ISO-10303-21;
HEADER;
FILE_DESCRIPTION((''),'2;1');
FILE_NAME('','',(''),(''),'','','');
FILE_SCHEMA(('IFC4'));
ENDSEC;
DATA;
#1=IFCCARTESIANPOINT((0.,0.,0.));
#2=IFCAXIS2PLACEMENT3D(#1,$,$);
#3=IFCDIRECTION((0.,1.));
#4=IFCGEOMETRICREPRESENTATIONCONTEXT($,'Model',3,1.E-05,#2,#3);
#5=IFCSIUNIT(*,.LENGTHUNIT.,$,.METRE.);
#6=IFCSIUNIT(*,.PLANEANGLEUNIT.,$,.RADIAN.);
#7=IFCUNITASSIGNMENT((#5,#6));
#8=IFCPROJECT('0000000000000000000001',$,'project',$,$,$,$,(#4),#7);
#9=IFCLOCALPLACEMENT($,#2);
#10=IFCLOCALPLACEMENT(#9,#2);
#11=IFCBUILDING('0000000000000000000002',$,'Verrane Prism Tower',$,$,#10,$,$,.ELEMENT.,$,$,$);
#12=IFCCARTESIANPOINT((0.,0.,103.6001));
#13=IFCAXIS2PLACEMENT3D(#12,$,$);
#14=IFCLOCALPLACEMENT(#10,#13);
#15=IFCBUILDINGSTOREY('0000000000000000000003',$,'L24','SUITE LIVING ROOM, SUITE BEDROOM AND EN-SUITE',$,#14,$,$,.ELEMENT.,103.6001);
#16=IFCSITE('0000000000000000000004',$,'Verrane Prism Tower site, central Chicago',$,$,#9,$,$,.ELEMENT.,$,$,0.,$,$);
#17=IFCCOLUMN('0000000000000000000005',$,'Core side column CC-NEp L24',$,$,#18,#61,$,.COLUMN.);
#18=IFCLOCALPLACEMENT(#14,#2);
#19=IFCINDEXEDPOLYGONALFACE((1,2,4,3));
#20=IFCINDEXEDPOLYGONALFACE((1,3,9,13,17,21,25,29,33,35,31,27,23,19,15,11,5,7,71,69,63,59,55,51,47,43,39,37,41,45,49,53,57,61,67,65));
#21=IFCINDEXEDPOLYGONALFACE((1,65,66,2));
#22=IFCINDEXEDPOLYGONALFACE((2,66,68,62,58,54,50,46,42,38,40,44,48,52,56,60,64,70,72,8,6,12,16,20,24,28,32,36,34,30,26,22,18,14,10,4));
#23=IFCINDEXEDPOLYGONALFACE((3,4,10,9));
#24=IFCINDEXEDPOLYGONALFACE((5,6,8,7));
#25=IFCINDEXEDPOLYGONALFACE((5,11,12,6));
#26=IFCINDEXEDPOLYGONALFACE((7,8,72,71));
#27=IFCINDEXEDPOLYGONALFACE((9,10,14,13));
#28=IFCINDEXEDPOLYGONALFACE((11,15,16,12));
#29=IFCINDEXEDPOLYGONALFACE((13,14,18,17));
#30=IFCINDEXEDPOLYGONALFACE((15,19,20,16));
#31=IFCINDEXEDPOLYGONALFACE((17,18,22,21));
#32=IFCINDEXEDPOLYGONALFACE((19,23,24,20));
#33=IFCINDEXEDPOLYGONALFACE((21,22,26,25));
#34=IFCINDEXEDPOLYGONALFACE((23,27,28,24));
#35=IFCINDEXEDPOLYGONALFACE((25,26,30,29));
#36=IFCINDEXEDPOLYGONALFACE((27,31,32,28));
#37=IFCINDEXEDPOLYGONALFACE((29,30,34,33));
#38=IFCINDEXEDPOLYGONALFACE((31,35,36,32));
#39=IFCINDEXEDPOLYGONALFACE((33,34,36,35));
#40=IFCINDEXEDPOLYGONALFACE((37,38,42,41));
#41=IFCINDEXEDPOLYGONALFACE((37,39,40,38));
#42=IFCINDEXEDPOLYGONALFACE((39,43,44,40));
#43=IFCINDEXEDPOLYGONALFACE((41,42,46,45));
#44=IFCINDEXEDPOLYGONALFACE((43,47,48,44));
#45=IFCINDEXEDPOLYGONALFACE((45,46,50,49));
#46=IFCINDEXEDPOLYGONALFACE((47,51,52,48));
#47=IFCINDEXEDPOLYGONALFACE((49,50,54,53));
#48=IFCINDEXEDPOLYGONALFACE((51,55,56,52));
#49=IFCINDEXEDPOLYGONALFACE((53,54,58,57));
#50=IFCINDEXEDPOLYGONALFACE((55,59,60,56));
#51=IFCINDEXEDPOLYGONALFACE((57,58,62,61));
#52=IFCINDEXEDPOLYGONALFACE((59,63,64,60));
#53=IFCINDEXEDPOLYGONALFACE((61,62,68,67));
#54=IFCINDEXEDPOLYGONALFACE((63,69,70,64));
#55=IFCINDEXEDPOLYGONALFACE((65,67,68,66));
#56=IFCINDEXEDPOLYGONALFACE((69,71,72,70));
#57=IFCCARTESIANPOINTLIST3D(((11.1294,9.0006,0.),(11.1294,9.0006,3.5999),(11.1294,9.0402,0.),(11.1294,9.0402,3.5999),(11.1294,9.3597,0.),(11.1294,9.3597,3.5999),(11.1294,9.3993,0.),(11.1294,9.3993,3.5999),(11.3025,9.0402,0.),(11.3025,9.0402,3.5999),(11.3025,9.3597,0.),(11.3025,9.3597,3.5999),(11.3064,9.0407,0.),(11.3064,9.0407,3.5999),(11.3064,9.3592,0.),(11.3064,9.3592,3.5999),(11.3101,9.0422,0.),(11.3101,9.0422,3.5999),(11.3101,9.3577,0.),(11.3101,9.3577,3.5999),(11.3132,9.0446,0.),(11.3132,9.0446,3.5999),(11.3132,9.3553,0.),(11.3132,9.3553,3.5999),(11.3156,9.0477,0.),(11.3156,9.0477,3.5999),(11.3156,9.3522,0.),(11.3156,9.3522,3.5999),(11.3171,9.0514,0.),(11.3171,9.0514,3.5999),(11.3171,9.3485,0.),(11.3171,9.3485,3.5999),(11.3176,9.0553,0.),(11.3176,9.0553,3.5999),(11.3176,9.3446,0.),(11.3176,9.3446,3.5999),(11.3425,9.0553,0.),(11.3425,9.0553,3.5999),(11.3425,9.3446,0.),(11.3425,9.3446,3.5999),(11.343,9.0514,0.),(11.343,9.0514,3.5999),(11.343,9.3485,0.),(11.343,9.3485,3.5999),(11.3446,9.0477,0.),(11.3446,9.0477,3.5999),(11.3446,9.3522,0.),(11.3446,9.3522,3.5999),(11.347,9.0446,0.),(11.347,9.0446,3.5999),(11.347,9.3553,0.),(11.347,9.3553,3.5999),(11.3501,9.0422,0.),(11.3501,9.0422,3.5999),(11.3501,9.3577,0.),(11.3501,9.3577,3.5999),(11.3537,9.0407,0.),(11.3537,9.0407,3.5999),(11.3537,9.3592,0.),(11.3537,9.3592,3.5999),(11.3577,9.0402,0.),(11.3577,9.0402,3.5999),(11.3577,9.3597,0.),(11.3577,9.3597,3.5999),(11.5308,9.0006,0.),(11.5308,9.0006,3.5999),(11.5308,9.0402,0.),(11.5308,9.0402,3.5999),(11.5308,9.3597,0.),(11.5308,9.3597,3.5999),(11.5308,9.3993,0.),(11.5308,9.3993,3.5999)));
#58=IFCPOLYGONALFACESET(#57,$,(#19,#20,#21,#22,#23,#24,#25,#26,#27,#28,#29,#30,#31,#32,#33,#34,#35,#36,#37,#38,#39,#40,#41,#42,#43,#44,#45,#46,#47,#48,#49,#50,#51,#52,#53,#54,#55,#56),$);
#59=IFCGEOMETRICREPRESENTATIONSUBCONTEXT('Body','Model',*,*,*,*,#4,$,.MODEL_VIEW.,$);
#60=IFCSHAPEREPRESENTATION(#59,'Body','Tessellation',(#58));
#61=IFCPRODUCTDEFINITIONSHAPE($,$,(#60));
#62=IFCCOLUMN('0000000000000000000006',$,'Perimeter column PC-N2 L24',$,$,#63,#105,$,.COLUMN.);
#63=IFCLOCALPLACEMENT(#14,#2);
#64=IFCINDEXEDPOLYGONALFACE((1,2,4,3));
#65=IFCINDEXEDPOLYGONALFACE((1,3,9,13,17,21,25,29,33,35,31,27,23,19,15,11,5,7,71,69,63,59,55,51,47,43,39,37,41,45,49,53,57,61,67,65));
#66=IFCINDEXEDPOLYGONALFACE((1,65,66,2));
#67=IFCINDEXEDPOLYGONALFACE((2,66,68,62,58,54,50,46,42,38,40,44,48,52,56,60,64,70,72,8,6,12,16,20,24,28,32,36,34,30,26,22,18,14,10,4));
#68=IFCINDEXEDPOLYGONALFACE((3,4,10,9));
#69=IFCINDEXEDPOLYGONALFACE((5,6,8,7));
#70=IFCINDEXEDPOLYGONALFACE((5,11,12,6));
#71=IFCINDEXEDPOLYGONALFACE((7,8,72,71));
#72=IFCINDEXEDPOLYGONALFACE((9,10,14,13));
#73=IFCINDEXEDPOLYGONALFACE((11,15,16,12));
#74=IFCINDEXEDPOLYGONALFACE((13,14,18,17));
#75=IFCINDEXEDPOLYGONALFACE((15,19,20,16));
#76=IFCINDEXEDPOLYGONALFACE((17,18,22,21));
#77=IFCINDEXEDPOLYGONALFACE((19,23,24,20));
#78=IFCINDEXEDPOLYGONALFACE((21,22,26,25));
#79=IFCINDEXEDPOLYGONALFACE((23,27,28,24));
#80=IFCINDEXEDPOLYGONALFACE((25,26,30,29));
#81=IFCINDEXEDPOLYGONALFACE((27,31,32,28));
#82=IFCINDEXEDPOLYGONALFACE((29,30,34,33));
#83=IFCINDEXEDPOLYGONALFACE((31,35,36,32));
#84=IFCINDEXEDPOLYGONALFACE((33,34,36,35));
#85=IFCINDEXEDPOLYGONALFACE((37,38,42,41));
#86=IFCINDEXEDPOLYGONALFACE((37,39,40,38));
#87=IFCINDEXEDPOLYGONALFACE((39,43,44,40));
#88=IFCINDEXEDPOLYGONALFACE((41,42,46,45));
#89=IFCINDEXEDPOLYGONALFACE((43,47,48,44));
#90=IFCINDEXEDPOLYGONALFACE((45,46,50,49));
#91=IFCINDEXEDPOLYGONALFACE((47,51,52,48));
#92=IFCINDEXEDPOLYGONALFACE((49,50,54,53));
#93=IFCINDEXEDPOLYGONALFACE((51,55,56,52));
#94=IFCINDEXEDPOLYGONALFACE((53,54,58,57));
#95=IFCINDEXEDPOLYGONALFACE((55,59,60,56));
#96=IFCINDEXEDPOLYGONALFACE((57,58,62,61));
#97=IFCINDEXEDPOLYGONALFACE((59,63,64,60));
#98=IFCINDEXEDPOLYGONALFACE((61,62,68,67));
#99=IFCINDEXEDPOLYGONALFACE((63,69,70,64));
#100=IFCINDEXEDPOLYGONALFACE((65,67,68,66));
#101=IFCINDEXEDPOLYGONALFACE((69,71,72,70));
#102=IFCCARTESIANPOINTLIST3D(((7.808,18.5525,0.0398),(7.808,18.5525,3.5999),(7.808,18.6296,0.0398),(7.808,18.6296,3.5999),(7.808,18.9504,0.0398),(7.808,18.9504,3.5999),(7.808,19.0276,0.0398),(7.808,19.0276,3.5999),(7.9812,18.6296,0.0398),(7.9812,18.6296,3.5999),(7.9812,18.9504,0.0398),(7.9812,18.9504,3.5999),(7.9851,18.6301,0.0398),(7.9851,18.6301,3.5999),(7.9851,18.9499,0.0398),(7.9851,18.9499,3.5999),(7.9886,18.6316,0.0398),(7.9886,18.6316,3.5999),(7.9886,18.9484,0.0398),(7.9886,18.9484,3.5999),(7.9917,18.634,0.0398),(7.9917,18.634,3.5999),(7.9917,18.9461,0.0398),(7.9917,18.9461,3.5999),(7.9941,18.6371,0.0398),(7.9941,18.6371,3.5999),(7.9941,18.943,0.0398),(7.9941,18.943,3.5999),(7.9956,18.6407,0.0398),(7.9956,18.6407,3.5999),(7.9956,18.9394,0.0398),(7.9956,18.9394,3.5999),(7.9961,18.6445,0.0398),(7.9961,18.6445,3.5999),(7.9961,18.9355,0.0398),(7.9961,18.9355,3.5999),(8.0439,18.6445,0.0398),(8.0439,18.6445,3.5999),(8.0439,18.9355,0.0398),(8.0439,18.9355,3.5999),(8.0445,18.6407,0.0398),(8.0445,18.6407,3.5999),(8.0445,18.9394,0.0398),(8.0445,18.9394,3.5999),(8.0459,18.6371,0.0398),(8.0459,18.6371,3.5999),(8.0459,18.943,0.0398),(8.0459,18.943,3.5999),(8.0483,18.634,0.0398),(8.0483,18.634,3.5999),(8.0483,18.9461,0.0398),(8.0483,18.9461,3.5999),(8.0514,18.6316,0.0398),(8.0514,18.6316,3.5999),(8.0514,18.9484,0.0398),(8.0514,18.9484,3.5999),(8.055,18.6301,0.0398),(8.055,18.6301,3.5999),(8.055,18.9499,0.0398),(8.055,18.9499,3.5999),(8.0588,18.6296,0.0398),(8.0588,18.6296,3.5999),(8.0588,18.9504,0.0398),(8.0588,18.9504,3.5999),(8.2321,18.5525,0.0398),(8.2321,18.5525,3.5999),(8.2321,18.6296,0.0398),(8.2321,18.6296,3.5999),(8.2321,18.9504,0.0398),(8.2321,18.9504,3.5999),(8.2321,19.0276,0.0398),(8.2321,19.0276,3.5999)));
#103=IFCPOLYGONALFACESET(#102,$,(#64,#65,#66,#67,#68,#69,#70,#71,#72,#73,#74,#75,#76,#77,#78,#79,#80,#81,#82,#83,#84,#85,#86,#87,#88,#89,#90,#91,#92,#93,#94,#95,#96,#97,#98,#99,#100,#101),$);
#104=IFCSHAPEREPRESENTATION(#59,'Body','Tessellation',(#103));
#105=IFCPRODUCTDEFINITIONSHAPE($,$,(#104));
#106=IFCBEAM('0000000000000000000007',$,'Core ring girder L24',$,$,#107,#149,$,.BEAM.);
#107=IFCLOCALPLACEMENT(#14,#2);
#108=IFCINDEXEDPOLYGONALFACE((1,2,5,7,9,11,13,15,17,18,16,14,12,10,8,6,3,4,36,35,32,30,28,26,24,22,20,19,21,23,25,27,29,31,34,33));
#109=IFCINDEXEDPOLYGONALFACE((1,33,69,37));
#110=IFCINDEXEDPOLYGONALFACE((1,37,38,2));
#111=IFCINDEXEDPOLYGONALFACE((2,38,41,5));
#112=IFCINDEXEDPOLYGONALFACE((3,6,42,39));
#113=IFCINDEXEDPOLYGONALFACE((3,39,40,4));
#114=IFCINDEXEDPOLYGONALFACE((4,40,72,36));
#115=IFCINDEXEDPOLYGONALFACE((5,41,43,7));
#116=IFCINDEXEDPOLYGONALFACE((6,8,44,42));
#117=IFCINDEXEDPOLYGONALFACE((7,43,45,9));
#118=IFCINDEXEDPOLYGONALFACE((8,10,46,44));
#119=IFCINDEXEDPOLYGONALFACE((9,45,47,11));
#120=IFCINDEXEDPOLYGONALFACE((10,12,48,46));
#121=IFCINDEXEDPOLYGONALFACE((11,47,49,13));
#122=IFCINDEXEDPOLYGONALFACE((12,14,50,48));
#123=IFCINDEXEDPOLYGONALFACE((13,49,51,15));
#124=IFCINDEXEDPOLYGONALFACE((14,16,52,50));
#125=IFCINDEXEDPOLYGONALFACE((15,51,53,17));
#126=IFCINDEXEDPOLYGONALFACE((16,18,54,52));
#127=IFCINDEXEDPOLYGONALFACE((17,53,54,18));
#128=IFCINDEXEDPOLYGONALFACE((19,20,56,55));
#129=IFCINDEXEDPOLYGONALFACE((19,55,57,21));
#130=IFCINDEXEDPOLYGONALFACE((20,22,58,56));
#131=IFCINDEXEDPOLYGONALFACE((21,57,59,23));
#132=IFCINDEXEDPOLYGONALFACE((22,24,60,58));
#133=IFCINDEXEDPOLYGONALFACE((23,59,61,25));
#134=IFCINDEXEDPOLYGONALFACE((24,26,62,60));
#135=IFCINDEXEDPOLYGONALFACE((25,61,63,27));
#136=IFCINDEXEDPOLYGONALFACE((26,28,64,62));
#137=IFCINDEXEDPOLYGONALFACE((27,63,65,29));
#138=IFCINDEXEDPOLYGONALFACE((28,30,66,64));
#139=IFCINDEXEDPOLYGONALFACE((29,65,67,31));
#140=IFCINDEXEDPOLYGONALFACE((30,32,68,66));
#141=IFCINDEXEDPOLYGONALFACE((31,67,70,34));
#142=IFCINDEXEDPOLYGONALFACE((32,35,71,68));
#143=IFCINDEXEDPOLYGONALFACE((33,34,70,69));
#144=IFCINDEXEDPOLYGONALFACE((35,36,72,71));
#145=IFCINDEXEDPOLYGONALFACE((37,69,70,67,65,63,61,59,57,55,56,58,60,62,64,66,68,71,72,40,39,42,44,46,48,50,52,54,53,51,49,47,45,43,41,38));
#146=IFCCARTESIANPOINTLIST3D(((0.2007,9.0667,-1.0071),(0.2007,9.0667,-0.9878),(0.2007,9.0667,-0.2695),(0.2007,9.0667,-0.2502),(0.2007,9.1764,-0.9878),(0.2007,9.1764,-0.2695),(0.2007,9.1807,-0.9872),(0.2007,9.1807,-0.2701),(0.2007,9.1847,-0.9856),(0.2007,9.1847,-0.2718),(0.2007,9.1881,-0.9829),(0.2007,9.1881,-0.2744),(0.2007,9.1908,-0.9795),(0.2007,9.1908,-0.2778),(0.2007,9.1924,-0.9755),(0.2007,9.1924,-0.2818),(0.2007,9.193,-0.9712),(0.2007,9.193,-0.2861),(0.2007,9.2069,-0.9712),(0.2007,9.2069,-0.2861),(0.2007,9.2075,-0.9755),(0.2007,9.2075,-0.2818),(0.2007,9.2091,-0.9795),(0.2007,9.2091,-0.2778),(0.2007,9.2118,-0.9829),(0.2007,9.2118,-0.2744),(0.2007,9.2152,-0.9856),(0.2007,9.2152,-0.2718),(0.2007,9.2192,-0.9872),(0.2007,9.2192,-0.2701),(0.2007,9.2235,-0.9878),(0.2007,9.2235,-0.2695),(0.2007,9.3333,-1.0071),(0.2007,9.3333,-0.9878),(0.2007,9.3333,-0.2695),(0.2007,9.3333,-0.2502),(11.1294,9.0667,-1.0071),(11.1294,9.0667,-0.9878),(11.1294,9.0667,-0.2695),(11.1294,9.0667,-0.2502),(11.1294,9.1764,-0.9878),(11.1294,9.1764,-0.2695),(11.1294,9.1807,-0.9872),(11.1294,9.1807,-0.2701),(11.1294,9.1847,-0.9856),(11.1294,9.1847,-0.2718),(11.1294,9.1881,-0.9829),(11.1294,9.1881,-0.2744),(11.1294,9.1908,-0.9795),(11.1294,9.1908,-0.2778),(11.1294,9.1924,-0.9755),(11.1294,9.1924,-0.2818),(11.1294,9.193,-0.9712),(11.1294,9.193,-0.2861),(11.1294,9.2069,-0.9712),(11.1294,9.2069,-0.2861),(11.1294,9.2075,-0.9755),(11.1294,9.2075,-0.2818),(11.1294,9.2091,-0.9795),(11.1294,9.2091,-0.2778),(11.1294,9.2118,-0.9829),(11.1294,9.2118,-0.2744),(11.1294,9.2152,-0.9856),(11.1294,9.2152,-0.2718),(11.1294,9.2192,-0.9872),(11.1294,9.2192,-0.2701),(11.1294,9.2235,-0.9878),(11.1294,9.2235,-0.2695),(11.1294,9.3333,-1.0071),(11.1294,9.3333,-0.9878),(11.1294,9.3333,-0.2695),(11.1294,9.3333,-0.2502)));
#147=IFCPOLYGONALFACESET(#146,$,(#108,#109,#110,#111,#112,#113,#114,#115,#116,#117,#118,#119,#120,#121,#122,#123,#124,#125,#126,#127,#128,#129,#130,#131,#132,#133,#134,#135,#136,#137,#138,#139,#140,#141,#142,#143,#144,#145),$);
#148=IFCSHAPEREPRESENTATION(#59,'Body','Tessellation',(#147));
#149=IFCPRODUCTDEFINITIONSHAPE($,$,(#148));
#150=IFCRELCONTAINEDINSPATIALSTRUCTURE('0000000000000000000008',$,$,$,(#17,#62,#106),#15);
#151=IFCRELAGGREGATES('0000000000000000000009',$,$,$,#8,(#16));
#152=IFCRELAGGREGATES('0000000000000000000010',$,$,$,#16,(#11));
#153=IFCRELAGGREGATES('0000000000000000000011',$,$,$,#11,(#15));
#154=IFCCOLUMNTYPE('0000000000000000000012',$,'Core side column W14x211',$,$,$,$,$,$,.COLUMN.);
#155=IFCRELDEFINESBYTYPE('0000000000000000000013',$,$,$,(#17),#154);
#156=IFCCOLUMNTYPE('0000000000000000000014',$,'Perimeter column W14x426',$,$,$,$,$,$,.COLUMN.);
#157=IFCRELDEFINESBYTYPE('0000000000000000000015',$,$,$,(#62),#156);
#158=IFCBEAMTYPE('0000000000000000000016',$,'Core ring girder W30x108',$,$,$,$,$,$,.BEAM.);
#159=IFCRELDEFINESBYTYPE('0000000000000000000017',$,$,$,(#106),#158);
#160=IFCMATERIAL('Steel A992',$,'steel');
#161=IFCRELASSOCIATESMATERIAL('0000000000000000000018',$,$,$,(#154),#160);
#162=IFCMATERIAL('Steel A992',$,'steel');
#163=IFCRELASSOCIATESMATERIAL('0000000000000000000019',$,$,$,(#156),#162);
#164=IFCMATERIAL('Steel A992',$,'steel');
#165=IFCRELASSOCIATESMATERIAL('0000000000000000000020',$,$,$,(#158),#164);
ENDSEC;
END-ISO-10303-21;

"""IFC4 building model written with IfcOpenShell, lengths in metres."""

from ifc_helpers import new_model, si_unit, direction, frame, origin, origin_2d, place, context, subcontext, project, spatial, i_section, extrude, material, material_profile, profile_set, type_object, element, save


model = new_model("IFC4")

# Units and contexts
model_context = context("Model", 3, precision=1e-05, world=origin(), true_north=direction((0.0, 1.0)))
body_context = subcontext(model_context, "Body", "Model", "MODEL_VIEW")
ifc_project = project(units=[si_unit("LENGTHUNIT", "METRE"), si_unit("PLANEANGLEUNIT", "RADIAN")], contexts=[model_context])

# Site, building, storey
site_placement = place(None, origin())
site = spatial("IfcSite", under=ifc_project, at=site_placement, Name="Verrane Prism Tower site, central Chicago", CompositionType="ELEMENT", RefElevation=0.0)
building_placement = place(site_placement, origin())
building = spatial("IfcBuilding", under=site, at=building_placement, Name="Verrane Prism Tower", CompositionType="ELEMENT")
storey_placement = place(building_placement, frame((0.0, 0.0, 103.6001)))
storey = spatial("IfcBuildingStorey", under=building, at=storey_placement, Name="L24", Description="SUITE LIVING ROOM, SUITE BEDROOM AND EN-SUITE", CompositionType="ELEMENT", Elevation=103.6001)

# Columns
ifc_material_1 = material(Name="Steel A992", Category="steel")
ifc_material_profile_1 = material_profile(ifc_material_1, i_section(OverallWidth=0.4014, OverallDepth=0.3987, WebThickness=0.0249, FlangeThickness=0.0396, FilletRadius=0.0151, at=origin_2d()), Name="W14x211")
ifc_profile_set_1 = profile_set([ifc_material_profile_1], Name="Steel A992")
column_type_1 = type_object("IfcColumnType", Name="Core side column W14x211", PredefinedType="COLUMN", material=ifc_profile_set_1)
column_1_placement = place(storey_placement, frame((11.3301, 9.2, 0.0), z_axis=(0.0, 0.0, 1.0), x_axis=(1.0, 0.0, 0.0)))
element("IfcColumn", 1, at=column_1_placement, inside=storey, type_object=column_type_1, Name="Core side column CC-NEp L24", PredefinedType="COLUMN", context=body_context, shape_type="SweptSolid", body=[
    extrude(i_section(OverallWidth=0.4014, OverallDepth=0.3987, WebThickness=0.0249, FlangeThickness=0.0396, FilletRadius=0.0151, at=origin_2d()), origin(), (0.0, 0.0, 1.0), 3.5999),
])
ifc_material_2 = material(Name="Steel A992", Category="steel")
ifc_material_profile_2 = material_profile(ifc_material_2, i_section(OverallWidth=0.4241, OverallDepth=0.4751, WebThickness=0.0479, FlangeThickness=0.0771, FilletRadius=0.0149, at=origin_2d()), Name="W14x426")
ifc_profile_set_2 = profile_set([ifc_material_profile_2], Name="Steel A992")
column_type_2 = type_object("IfcColumnType", Name="Perimeter column W14x426", PredefinedType="COLUMN", material=ifc_profile_set_2)
column_2_placement = place(storey_placement, frame((8.02, 18.79, 0.0398), z_axis=(0.0, 0.0, 1.0), x_axis=(1.0, 0.0, 0.0)))
element("IfcColumn", 2, at=column_2_placement, inside=storey, type_object=column_type_2, Name="Perimeter column PC-N2 L24", PredefinedType="COLUMN", context=body_context, shape_type="SweptSolid", body=[
    extrude(i_section(OverallWidth=0.4241, OverallDepth=0.4751, WebThickness=0.0479, FlangeThickness=0.0771, FilletRadius=0.0149, at=origin_2d()), origin(), (0.0, 0.0, 1.0), 3.5601),
])

# Beam
ifc_material_3 = material(Name="Steel A992", Category="steel")
ifc_material_profile_3 = material_profile(ifc_material_3, i_section(OverallWidth=0.2666, OverallDepth=0.7568, WebThickness=0.0139, FlangeThickness=0.0193, FilletRadius=0.0166, at=origin_2d()), Name="W30x108")
ifc_profile_set_3 = profile_set([ifc_material_profile_3], Name="Steel A992")
beam_type_1 = type_object("IfcBeamType", Name="Core ring girder W30x108", PredefinedType="BEAM", material=ifc_profile_set_3)
beam_1_placement = place(storey_placement, frame((11.1294, 9.2, -0.6287), z_axis=(-1.0, 0.0, 0.0), x_axis=(0.0, -1.0, 0.0)))
element("IfcBeam", 3, at=beam_1_placement, inside=storey, type_object=beam_type_1, Name="Core ring girder L24", PredefinedType="BEAM", context=body_context, shape_type="SweptSolid", body=[
    extrude(i_section(OverallWidth=0.2666, OverallDepth=0.7568, WebThickness=0.0139, FlangeThickness=0.0193, FilletRadius=0.0166, at=origin_2d()), origin(), (0.0, 0.0, 1.0), 10.9287),
])

save(model, "model.ifc")
